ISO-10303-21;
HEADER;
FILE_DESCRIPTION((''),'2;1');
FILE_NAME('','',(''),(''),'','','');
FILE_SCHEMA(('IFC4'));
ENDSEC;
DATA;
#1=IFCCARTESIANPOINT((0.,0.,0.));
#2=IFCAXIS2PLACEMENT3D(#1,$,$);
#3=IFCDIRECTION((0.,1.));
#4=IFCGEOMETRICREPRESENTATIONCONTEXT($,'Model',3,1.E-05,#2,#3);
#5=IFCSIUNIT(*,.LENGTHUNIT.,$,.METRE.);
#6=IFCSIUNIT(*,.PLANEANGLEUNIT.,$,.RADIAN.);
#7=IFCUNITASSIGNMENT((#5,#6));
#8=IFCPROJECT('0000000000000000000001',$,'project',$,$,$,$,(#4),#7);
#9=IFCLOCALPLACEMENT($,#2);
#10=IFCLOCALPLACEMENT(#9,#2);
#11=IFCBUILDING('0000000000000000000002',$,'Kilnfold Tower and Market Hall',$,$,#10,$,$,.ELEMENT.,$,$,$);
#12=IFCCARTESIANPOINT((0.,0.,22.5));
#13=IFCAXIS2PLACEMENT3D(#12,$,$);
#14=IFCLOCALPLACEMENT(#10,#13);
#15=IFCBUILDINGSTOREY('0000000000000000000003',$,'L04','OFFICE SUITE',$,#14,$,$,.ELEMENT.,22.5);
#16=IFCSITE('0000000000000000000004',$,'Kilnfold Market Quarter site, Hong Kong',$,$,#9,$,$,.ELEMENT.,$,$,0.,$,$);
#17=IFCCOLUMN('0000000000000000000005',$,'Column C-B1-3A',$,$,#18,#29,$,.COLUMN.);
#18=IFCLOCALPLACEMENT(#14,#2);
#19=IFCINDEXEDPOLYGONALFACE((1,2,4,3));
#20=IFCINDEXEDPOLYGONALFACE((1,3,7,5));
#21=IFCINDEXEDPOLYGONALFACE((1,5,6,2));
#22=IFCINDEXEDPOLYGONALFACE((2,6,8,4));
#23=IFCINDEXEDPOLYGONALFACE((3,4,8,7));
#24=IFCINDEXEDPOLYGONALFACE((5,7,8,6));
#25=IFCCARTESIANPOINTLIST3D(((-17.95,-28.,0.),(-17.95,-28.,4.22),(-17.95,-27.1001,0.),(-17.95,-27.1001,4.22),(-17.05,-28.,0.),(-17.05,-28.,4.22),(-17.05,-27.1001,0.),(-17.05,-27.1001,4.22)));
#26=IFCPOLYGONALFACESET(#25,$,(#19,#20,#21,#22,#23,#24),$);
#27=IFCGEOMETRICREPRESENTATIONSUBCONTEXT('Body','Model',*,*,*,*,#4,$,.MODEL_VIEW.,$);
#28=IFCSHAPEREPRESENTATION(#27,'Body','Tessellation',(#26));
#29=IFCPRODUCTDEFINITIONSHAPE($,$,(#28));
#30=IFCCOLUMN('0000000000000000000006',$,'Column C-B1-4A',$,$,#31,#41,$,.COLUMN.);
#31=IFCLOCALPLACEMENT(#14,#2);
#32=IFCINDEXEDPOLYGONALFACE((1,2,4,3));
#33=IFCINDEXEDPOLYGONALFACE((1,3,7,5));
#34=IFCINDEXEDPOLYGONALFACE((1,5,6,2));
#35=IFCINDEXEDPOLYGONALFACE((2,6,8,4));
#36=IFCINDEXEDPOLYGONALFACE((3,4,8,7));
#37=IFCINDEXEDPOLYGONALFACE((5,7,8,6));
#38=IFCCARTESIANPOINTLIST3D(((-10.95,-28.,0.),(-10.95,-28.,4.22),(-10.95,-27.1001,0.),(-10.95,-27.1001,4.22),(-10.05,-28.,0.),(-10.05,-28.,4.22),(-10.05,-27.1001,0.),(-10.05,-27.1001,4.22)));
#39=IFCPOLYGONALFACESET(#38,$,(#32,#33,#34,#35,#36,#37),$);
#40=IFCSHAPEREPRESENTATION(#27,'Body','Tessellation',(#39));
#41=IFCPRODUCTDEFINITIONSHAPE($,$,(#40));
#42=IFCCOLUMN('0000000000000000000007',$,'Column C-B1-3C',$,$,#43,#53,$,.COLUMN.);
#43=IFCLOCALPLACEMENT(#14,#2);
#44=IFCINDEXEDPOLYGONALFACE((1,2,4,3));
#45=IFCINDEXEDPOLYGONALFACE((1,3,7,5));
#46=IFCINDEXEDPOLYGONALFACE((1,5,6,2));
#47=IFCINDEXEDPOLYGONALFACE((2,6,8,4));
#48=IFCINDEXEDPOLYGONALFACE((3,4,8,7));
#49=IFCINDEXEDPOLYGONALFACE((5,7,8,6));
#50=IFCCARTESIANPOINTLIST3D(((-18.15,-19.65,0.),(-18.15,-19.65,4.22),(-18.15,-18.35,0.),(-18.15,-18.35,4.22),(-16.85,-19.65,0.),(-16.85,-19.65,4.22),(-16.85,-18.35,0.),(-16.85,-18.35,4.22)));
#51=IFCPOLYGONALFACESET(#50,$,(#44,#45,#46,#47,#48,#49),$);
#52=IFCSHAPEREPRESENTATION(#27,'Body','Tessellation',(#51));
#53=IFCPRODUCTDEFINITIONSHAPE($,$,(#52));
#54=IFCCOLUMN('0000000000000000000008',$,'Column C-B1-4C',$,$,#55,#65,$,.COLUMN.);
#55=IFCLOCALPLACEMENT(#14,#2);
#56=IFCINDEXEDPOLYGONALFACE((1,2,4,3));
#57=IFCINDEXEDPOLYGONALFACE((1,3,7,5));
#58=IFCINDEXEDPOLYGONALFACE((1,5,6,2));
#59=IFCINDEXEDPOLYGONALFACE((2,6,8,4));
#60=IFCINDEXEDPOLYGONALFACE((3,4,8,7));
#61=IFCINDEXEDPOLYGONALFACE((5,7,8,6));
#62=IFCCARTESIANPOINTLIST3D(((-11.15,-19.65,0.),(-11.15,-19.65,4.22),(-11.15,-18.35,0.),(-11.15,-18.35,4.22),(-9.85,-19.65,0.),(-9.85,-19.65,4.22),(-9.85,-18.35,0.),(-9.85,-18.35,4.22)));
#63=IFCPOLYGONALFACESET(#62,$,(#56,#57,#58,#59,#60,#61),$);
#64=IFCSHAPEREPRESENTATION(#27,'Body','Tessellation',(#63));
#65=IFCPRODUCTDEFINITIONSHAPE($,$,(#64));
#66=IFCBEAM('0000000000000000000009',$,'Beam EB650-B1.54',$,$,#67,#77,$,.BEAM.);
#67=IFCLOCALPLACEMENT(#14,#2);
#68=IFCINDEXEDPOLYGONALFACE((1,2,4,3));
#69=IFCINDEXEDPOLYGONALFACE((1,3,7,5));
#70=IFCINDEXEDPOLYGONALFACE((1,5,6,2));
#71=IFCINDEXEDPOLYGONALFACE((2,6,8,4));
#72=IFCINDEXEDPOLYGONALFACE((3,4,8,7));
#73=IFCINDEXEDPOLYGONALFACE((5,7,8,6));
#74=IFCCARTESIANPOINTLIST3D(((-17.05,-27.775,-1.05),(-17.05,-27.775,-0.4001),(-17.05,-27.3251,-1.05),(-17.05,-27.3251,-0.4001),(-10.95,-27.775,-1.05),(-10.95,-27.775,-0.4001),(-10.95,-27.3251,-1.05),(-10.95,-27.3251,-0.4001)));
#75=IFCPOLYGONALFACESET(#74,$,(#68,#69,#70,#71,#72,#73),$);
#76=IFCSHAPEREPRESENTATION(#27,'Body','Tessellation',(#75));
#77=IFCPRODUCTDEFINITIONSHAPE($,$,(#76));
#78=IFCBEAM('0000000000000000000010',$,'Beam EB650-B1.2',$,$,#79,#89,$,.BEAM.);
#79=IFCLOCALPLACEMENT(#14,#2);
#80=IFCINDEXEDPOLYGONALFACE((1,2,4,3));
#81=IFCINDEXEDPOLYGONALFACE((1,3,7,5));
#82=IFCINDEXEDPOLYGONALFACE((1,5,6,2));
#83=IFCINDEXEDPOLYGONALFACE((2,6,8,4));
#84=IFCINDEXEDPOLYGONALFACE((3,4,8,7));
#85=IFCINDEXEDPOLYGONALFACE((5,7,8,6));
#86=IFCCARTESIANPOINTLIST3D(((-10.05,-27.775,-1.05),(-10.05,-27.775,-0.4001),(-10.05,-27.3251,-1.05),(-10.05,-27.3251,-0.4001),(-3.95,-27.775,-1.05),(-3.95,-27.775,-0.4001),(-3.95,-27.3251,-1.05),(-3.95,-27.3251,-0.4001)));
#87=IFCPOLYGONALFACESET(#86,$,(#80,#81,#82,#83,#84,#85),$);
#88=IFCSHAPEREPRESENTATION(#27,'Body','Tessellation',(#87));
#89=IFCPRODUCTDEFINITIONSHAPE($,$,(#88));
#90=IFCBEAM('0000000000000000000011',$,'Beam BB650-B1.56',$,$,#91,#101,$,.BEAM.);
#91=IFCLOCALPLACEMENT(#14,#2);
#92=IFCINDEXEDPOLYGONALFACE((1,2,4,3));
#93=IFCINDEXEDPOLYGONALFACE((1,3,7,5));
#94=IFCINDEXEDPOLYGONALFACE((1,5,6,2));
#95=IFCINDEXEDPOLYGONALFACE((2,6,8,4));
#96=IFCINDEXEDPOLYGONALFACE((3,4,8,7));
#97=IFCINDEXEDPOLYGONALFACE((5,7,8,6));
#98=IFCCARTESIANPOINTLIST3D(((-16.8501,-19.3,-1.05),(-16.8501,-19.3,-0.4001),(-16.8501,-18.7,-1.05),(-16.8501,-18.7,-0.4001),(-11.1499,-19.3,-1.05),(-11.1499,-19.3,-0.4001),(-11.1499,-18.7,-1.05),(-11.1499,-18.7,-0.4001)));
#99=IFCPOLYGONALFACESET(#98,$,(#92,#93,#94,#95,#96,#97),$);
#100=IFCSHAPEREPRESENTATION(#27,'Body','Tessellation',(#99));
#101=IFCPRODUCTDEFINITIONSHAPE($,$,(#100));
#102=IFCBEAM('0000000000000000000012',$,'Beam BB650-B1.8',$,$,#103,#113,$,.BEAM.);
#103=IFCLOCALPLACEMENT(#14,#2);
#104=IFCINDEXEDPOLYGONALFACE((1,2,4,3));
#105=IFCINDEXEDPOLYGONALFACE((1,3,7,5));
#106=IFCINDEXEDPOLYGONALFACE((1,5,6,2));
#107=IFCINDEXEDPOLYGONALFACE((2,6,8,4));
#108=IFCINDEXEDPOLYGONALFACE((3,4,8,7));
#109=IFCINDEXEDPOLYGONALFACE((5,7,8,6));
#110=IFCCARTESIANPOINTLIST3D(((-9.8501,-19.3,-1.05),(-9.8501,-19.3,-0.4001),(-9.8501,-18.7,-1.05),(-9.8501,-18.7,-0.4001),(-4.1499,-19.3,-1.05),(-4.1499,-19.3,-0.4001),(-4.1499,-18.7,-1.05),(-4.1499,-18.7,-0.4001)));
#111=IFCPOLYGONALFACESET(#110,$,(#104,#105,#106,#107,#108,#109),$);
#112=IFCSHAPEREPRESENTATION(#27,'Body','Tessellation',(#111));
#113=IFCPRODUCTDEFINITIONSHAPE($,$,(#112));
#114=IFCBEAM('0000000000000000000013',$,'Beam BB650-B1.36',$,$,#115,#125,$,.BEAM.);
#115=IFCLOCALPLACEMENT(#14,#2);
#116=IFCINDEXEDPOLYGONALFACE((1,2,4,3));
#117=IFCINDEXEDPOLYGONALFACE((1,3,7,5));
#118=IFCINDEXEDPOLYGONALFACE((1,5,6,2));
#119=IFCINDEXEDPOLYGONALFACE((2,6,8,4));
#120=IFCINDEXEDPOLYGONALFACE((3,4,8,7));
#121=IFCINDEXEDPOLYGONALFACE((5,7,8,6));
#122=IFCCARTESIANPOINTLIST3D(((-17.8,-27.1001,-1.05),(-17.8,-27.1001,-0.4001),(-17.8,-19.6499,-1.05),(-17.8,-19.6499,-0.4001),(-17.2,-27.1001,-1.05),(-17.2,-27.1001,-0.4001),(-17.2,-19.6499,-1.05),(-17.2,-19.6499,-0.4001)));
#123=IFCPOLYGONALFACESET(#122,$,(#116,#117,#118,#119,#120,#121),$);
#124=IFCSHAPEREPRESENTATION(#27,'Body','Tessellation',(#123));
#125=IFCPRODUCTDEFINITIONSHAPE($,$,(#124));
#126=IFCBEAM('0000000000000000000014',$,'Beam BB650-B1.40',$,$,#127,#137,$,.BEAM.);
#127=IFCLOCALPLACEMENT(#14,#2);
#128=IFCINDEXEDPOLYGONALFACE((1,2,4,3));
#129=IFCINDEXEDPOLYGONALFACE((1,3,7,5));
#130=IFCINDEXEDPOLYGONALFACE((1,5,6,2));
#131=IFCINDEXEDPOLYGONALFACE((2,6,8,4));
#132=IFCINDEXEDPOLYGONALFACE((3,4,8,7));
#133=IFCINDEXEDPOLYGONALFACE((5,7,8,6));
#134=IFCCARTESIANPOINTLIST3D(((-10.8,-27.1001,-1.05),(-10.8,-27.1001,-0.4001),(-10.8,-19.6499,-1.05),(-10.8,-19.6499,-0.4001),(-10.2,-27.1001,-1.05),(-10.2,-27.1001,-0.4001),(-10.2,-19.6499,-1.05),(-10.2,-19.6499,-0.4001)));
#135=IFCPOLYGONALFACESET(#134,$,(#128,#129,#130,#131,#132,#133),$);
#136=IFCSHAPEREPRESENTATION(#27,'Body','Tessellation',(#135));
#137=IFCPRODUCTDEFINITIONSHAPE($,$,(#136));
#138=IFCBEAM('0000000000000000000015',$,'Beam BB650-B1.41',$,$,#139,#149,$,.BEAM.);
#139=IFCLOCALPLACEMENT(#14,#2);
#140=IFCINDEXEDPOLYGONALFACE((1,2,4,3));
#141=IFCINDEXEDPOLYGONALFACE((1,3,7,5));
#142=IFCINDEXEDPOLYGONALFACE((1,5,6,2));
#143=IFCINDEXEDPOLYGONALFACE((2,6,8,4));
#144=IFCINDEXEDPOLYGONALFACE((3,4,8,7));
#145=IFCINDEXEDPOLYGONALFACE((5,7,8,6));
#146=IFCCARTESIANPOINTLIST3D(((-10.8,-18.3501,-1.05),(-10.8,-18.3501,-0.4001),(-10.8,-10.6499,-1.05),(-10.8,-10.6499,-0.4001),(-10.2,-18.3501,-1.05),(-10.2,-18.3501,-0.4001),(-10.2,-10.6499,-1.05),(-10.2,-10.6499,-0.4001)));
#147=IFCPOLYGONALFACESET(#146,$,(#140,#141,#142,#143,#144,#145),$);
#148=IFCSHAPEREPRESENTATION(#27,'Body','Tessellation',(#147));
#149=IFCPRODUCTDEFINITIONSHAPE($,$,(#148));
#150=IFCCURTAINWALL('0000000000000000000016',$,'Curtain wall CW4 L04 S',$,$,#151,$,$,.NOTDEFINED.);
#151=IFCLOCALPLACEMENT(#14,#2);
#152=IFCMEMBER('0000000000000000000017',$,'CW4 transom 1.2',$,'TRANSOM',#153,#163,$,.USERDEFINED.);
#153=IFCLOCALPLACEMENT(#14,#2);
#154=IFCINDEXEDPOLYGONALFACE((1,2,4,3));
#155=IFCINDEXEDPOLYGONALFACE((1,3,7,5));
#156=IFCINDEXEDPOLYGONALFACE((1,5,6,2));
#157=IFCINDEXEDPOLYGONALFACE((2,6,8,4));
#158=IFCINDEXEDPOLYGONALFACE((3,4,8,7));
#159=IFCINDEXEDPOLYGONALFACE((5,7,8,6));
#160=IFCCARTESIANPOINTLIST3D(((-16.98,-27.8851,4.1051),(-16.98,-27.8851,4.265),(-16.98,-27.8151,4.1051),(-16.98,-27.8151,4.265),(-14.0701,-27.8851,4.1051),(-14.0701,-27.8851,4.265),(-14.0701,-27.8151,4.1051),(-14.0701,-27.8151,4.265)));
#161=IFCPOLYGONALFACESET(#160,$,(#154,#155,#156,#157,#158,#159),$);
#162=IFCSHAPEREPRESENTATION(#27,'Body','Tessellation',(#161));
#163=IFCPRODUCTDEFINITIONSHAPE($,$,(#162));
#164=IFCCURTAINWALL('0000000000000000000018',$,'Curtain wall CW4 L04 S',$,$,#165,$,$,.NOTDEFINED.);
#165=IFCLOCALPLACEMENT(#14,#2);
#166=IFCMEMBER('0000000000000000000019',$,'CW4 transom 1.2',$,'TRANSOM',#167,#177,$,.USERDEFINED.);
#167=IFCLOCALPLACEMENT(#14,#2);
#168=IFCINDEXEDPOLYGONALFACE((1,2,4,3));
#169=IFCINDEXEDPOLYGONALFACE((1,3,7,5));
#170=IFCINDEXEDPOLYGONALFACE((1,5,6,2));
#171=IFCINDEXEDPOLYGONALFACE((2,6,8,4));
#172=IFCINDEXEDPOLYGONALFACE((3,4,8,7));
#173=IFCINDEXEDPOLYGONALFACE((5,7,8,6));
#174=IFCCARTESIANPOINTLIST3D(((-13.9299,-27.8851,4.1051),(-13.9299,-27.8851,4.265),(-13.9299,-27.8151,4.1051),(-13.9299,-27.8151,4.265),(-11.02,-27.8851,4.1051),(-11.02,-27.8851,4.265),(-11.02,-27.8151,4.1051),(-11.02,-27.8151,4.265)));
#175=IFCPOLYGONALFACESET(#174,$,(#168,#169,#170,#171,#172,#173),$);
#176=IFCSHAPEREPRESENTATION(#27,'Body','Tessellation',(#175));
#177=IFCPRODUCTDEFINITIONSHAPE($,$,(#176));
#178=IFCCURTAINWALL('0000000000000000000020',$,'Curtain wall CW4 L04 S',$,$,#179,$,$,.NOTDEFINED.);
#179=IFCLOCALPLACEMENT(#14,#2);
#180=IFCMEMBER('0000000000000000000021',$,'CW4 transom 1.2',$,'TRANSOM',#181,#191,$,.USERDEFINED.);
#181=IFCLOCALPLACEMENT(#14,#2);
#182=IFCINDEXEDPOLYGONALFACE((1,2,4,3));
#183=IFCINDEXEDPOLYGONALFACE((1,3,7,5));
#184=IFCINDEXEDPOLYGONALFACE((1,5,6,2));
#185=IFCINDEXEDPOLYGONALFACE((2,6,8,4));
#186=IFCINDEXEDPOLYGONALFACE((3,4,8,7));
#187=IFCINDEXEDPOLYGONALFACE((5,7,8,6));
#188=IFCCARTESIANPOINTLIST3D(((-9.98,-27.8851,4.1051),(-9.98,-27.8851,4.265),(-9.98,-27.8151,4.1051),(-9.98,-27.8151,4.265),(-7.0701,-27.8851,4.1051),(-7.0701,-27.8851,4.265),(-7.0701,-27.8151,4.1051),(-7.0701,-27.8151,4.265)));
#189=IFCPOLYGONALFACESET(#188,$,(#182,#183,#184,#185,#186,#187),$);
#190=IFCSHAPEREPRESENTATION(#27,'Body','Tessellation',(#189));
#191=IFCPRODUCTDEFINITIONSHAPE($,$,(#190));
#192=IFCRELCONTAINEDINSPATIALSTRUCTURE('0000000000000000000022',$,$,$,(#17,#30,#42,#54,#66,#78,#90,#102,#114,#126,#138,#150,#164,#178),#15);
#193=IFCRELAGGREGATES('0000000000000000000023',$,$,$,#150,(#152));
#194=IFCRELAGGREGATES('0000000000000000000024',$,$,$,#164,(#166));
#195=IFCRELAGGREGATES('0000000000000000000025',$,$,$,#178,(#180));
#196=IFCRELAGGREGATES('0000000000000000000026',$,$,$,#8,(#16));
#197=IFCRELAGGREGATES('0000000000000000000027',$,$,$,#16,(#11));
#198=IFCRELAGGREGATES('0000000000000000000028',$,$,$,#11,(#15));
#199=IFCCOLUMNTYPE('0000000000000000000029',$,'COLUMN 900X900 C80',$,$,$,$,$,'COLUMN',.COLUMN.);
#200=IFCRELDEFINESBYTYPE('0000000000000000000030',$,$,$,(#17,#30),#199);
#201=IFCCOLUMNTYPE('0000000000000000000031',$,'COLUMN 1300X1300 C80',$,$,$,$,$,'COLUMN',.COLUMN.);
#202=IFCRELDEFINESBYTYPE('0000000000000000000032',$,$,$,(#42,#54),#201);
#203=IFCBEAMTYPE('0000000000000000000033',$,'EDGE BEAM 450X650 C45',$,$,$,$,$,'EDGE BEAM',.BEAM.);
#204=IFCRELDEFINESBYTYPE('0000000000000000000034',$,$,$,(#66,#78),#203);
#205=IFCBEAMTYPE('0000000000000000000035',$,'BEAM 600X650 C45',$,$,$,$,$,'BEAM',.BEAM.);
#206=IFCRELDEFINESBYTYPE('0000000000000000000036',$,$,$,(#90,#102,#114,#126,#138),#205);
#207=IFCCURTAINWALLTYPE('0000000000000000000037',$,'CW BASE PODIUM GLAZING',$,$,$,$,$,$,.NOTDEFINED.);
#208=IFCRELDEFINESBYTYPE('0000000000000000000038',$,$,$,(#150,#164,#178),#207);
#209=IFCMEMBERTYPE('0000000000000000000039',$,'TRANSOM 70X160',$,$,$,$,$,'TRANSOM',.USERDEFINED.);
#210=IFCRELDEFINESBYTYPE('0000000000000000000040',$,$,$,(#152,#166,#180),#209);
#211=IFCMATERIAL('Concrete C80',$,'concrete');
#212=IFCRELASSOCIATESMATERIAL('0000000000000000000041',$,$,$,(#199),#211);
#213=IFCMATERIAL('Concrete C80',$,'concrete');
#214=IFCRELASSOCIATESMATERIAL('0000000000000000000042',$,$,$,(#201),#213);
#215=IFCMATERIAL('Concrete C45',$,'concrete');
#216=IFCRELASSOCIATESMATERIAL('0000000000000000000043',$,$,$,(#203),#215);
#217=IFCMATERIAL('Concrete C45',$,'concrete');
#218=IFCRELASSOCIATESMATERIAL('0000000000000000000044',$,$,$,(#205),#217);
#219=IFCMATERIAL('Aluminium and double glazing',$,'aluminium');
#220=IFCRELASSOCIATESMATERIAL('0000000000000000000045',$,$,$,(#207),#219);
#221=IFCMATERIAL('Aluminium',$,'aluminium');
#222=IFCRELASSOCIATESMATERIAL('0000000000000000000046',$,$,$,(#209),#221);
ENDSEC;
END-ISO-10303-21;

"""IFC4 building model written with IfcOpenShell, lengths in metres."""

from ifc_helpers import new_model, si_unit, direction, frame, origin, origin_2d, place, context, subcontext, project, spatial, rectangle, extrude, source, transform, mapped, material, material_profile, profile_set, type_object, element, aggregate, save


model = new_model("IFC4")

# Units and contexts
model_context = context("Model", 3, precision=1e-05, world=origin(), true_north=direction((0.0, 1.0)))
body_context = subcontext(model_context, "Body", "Model", "MODEL_VIEW")
ifc_project = project(units=[si_unit("LENGTHUNIT", "METRE"), si_unit("PLANEANGLEUNIT", "RADIAN")], contexts=[model_context])

# Site, building, storey
site_placement = place(None, origin())
site = spatial("IfcSite", under=ifc_project, at=site_placement, Name="Kilnfold Market Quarter site, Hong Kong", CompositionType="ELEMENT", RefElevation=0.0)
building_placement = place(site_placement, origin())
building = spatial("IfcBuilding", under=site, at=building_placement, Name="Kilnfold Tower and Market Hall", CompositionType="ELEMENT")
storey_placement = place(building_placement, frame((0.0, 0.0, 22.5)))
storey = spatial("IfcBuildingStorey", under=building, at=storey_placement, Name="L04", Description="OFFICE SUITE", CompositionType="ELEMENT", Elevation=22.5)

# Columns
ifc_material_1 = material(Name="Concrete C80", Category="concrete")
ifc_material_profile_1 = material_profile(ifc_material_1, rectangle(XDim=0.8999, YDim=0.8999, at=origin_2d()), Name="RC 900x900")
ifc_profile_set_1 = profile_set([ifc_material_profile_1], Name="Concrete C80")
column_type_1 = type_object("IfcColumnType", Name="COLUMN 900X900 C80", ElementType="COLUMN", PredefinedType="COLUMN", material=ifc_profile_set_1)
shared_shape_1 = source(origin(), body_context, "Body", "SweptSolid", [
    extrude(rectangle(XDim=0.8999, YDim=0.8999, at=origin_2d()), origin(), (0.0, 0.0, 1.0), 4.22),
])
for number, where, z_axis, x_axis, name in (
    (1, (-17.5, -27.55, 0.0), (0.0, 0.0, 1.0), (1.0, 0.0, 0.0), "Column C-B1-3A"),
    (2, (-10.5, -27.55, 0.0), (0.0, 0.0, 1.0), (1.0, 0.0, 0.0), "Column C-B1-4A"),
):
    element("IfcColumn", number, at=place(storey_placement, frame(where, z_axis=z_axis, x_axis=x_axis)), inside=storey, type_object=column_type_1, Name=name, PredefinedType="COLUMN", context=body_context, shape_type="MappedRepresentation", body=[
        mapped(shared_shape_1, transform((0.0, 0.0, 0.0))),
    ])
ifc_material_2 = material(Name="Concrete C80", Category="concrete")
ifc_material_profile_2 = material_profile(ifc_material_2, rectangle(XDim=1.3, YDim=1.3, at=origin_2d()), Name="RC 1300x1300")
ifc_profile_set_2 = profile_set([ifc_material_profile_2], Name="Concrete C80")
column_type_2 = type_object("IfcColumnType", Name="COLUMN 1300X1300 C80", ElementType="COLUMN", PredefinedType="COLUMN", material=ifc_profile_set_2)
shared_shape_2 = source(origin(), body_context, "Body", "SweptSolid", [
    extrude(rectangle(XDim=1.3, YDim=1.3, at=origin_2d()), origin(), (0.0, 0.0, 1.0), 4.22),
])
for number, where, z_axis, x_axis, name in (
    (3, (-17.5, -19.0, 0.0), (0.0, 0.0, 1.0), (1.0, 0.0, 0.0), "Column C-B1-3C"),
    (4, (-10.5, -19.0, 0.0), (0.0, 0.0, 1.0), (1.0, 0.0, 0.0), "Column C-B1-4C"),
):
    element("IfcColumn", number, at=place(storey_placement, frame(where, z_axis=z_axis, x_axis=x_axis)), inside=storey, type_object=column_type_2, Name=name, PredefinedType="COLUMN", context=body_context, shape_type="MappedRepresentation", body=[
        mapped(shared_shape_2, transform((0.0, 0.0, 0.0))),
    ])

# Beams
ifc_material_3 = material(Name="Concrete C45", Category="concrete")
ifc_material_profile_3 = material_profile(ifc_material_3, rectangle(XDim=0.45, YDim=0.6499, at=origin_2d()), Name="RC 450x650")
ifc_profile_set_3 = profile_set([ifc_material_profile_3], Name="Concrete C45")
beam_type_1 = type_object("IfcBeamType", Name="EDGE BEAM 450X650 C45", ElementType="EDGE BEAM", PredefinedType="BEAM", material=ifc_profile_set_3)
shared_shape_3 = source(origin(), body_context, "Body", "SweptSolid", [
    extrude(rectangle(XDim=0.45, YDim=0.6499, at=origin_2d()), origin(), (0.0, 0.0, 1.0), 6.1001),
])
for number, where, z_axis, x_axis, name in (
    (5, (-17.05, -27.55, -0.7251), (1.0, 0.0, 0.0), (0.0, 1.0, 0.0), "Beam EB650-B1.54"),
    (6, (-10.05, -27.55, -0.7251), (1.0, 0.0, 0.0), (0.0, 1.0, 0.0), "Beam EB650-B1.2"),
):
    element("IfcBeam", number, at=place(storey_placement, frame(where, z_axis=z_axis, x_axis=x_axis)), inside=storey, type_object=beam_type_1, Name=name, PredefinedType="BEAM", context=body_context, shape_type="MappedRepresentation", body=[
        mapped(shared_shape_3, transform((0.0, 0.0, 0.0))),
    ])
ifc_material_4 = material(Name="Concrete C45", Category="concrete")
ifc_material_profile_4 = material_profile(ifc_material_4, rectangle(XDim=0.6001, YDim=0.6499, at=origin_2d()), Name="RC 600x650")
ifc_profile_set_4 = profile_set([ifc_material_profile_4], Name="Concrete C45")
beam_type_2 = type_object("IfcBeamType", Name="BEAM 600X650 C45", ElementType="BEAM", PredefinedType="BEAM", material=ifc_profile_set_4)
shared_shape_4 = source(origin(), body_context, "Body", "SweptSolid", [
    extrude(rectangle(XDim=0.6001, YDim=0.6499, at=origin_2d()), origin(), (0.0, 0.0, 1.0), 5.7002),
])
for number, where, z_axis, x_axis, name in (
    (7, (-16.8501, -19.0, -0.7251), (1.0, 0.0, 0.0), (0.0, 1.0, 0.0), "Beam BB650-B1.56"),
    (8, (-9.8501, -19.0, -0.7251), (1.0, 0.0, 0.0), (0.0, 1.0, 0.0), "Beam BB650-B1.8"),
):
    element("IfcBeam", number, at=place(storey_placement, frame(where, z_axis=z_axis, x_axis=x_axis)), inside=storey, type_object=beam_type_2, Name=name, PredefinedType="BEAM", context=body_context, shape_type="MappedRepresentation", body=[
        mapped(shared_shape_4, transform((0.0, 0.0, 0.0))),
    ])
shared_shape_5 = source(origin(), body_context, "Body", "SweptSolid", [
    extrude(rectangle(XDim=0.6001, YDim=0.6499, at=origin_2d()), origin(), (0.0, 0.0, 1.0), 7.4502),
])
for number, where, z_axis, x_axis, name in (
    (9, (-17.5, -27.1001, -0.7251), (0.0, 1.0, 0.0), (-1.0, 0.0, 0.0), "Beam BB650-B1.36"),
    (10, (-10.5, -27.1001, -0.7251), (0.0, 1.0, 0.0), (-1.0, 0.0, 0.0), "Beam BB650-B1.40"),
):
    element("IfcBeam", number, at=place(storey_placement, frame(where, z_axis=z_axis, x_axis=x_axis)), inside=storey, type_object=beam_type_2, Name=name, PredefinedType="BEAM", context=body_context, shape_type="MappedRepresentation", body=[
        mapped(shared_shape_5, transform((0.0, 0.0, 0.0))),
    ])
shared_shape_6 = source(origin(), body_context, "Body", "SweptSolid", [
    extrude(rectangle(XDim=0.6001, YDim=0.6499, at=origin_2d()), origin(), (0.0, 0.0, 1.0), 7.7002),
])
beam_placement = place(storey_placement, frame((-10.5, -18.3501, -0.7251), z_axis=(0.0, 1.0, 0.0), x_axis=(-1.0, 0.0, 0.0)))
element("IfcBeam", 11, at=beam_placement, inside=storey, type_object=beam_type_2, Name="Beam BB650-B1.41", PredefinedType="BEAM", context=body_context, shape_type="MappedRepresentation", body=[
    mapped(shared_shape_6, transform((0.0, 0.0, 0.0))),
])

# Curtain walls, members
ifc_material_5 = material(Name="Aluminium and double glazing", Category="aluminium")
curtain_wall_type = type_object("IfcCurtainWallType", Name="CW BASE PODIUM GLAZING", PredefinedType="NOTDEFINED", material=ifc_material_5)
curtain_wall_1_placement = place(storey_placement, origin())
curtain_wall_1 = element("IfcCurtainWall", 12, at=curtain_wall_1_placement, inside=storey, type_object=curtain_wall_type, Name="Curtain wall CW4 L04 S", PredefinedType="NOTDEFINED")
ifc_material_6 = material(Name="Aluminium", Category="aluminium")
ifc_material_profile_5 = material_profile(ifc_material_6, rectangle(XDim=0.0701, YDim=0.1599, at=origin_2d()), Name="TRANSOM 70x160")
ifc_profile_set_5 = profile_set([ifc_material_profile_5], Name="Aluminium")
member_type_1 = type_object("IfcMemberType", Name="TRANSOM 70X160", ElementType="TRANSOM", PredefinedType="USERDEFINED", material=ifc_profile_set_5)
shared_shape_7 = source(origin(), body_context, "Body", "SweptSolid", [
    extrude(rectangle(XDim=0.0701, YDim=0.1599, at=origin_2d()), origin(), (0.0, 0.0, 1.0), 2.9099),
])
member_1_placement = place(storey_placement, frame((-16.98, -27.8501, 4.1851), z_axis=(1.0, 0.0, 0.0), x_axis=(0.0, 1.0, 0.0)))
member_1 = element("IfcMember", 13, at=member_1_placement, type_object=member_type_1, Name="CW4 transom 1.2", ObjectType="TRANSOM", PredefinedType="USERDEFINED", context=body_context, shape_type="MappedRepresentation", body=[
    mapped(shared_shape_7, transform((0.0, 0.0, 0.0))),
])
curtain_wall_2_placement = place(storey_placement, origin())
curtain_wall_2 = element("IfcCurtainWall", 14, at=curtain_wall_2_placement, inside=storey, type_object=curtain_wall_type, Name="Curtain wall CW4 L04 S", PredefinedType="NOTDEFINED")
member_2_placement = place(storey_placement, frame((-13.9299, -27.8501, 4.1851), z_axis=(1.0, 0.0, 0.0), x_axis=(0.0, 1.0, 0.0)))
member_2 = element("IfcMember", 15, at=member_2_placement, type_object=member_type_1, Name="CW4 transom 1.2", ObjectType="TRANSOM", PredefinedType="USERDEFINED", context=body_context, shape_type="MappedRepresentation", body=[
    mapped(shared_shape_7, transform((0.0, 0.0, 0.0))),
])
curtain_wall_3_placement = place(storey_placement, origin())
curtain_wall_3 = element("IfcCurtainWall", 16, at=curtain_wall_3_placement, inside=storey, type_object=curtain_wall_type, Name="Curtain wall CW4 L04 S", PredefinedType="NOTDEFINED")
member_3_placement = place(storey_placement, frame((-9.98, -27.8501, 4.1851), z_axis=(1.0, 0.0, 0.0), x_axis=(0.0, 1.0, 0.0)))
member_3 = element("IfcMember", 17, at=member_3_placement, type_object=member_type_1, Name="CW4 transom 1.2", ObjectType="TRANSOM", PredefinedType="USERDEFINED", context=body_context, shape_type="MappedRepresentation", body=[
    mapped(shared_shape_7, transform((0.0, 0.0, 0.0))),
])

aggregate(curtain_wall_1, [member_1])
aggregate(curtain_wall_2, [member_2])
aggregate(curtain_wall_3, [member_3])

save(model, "model.ifc")
